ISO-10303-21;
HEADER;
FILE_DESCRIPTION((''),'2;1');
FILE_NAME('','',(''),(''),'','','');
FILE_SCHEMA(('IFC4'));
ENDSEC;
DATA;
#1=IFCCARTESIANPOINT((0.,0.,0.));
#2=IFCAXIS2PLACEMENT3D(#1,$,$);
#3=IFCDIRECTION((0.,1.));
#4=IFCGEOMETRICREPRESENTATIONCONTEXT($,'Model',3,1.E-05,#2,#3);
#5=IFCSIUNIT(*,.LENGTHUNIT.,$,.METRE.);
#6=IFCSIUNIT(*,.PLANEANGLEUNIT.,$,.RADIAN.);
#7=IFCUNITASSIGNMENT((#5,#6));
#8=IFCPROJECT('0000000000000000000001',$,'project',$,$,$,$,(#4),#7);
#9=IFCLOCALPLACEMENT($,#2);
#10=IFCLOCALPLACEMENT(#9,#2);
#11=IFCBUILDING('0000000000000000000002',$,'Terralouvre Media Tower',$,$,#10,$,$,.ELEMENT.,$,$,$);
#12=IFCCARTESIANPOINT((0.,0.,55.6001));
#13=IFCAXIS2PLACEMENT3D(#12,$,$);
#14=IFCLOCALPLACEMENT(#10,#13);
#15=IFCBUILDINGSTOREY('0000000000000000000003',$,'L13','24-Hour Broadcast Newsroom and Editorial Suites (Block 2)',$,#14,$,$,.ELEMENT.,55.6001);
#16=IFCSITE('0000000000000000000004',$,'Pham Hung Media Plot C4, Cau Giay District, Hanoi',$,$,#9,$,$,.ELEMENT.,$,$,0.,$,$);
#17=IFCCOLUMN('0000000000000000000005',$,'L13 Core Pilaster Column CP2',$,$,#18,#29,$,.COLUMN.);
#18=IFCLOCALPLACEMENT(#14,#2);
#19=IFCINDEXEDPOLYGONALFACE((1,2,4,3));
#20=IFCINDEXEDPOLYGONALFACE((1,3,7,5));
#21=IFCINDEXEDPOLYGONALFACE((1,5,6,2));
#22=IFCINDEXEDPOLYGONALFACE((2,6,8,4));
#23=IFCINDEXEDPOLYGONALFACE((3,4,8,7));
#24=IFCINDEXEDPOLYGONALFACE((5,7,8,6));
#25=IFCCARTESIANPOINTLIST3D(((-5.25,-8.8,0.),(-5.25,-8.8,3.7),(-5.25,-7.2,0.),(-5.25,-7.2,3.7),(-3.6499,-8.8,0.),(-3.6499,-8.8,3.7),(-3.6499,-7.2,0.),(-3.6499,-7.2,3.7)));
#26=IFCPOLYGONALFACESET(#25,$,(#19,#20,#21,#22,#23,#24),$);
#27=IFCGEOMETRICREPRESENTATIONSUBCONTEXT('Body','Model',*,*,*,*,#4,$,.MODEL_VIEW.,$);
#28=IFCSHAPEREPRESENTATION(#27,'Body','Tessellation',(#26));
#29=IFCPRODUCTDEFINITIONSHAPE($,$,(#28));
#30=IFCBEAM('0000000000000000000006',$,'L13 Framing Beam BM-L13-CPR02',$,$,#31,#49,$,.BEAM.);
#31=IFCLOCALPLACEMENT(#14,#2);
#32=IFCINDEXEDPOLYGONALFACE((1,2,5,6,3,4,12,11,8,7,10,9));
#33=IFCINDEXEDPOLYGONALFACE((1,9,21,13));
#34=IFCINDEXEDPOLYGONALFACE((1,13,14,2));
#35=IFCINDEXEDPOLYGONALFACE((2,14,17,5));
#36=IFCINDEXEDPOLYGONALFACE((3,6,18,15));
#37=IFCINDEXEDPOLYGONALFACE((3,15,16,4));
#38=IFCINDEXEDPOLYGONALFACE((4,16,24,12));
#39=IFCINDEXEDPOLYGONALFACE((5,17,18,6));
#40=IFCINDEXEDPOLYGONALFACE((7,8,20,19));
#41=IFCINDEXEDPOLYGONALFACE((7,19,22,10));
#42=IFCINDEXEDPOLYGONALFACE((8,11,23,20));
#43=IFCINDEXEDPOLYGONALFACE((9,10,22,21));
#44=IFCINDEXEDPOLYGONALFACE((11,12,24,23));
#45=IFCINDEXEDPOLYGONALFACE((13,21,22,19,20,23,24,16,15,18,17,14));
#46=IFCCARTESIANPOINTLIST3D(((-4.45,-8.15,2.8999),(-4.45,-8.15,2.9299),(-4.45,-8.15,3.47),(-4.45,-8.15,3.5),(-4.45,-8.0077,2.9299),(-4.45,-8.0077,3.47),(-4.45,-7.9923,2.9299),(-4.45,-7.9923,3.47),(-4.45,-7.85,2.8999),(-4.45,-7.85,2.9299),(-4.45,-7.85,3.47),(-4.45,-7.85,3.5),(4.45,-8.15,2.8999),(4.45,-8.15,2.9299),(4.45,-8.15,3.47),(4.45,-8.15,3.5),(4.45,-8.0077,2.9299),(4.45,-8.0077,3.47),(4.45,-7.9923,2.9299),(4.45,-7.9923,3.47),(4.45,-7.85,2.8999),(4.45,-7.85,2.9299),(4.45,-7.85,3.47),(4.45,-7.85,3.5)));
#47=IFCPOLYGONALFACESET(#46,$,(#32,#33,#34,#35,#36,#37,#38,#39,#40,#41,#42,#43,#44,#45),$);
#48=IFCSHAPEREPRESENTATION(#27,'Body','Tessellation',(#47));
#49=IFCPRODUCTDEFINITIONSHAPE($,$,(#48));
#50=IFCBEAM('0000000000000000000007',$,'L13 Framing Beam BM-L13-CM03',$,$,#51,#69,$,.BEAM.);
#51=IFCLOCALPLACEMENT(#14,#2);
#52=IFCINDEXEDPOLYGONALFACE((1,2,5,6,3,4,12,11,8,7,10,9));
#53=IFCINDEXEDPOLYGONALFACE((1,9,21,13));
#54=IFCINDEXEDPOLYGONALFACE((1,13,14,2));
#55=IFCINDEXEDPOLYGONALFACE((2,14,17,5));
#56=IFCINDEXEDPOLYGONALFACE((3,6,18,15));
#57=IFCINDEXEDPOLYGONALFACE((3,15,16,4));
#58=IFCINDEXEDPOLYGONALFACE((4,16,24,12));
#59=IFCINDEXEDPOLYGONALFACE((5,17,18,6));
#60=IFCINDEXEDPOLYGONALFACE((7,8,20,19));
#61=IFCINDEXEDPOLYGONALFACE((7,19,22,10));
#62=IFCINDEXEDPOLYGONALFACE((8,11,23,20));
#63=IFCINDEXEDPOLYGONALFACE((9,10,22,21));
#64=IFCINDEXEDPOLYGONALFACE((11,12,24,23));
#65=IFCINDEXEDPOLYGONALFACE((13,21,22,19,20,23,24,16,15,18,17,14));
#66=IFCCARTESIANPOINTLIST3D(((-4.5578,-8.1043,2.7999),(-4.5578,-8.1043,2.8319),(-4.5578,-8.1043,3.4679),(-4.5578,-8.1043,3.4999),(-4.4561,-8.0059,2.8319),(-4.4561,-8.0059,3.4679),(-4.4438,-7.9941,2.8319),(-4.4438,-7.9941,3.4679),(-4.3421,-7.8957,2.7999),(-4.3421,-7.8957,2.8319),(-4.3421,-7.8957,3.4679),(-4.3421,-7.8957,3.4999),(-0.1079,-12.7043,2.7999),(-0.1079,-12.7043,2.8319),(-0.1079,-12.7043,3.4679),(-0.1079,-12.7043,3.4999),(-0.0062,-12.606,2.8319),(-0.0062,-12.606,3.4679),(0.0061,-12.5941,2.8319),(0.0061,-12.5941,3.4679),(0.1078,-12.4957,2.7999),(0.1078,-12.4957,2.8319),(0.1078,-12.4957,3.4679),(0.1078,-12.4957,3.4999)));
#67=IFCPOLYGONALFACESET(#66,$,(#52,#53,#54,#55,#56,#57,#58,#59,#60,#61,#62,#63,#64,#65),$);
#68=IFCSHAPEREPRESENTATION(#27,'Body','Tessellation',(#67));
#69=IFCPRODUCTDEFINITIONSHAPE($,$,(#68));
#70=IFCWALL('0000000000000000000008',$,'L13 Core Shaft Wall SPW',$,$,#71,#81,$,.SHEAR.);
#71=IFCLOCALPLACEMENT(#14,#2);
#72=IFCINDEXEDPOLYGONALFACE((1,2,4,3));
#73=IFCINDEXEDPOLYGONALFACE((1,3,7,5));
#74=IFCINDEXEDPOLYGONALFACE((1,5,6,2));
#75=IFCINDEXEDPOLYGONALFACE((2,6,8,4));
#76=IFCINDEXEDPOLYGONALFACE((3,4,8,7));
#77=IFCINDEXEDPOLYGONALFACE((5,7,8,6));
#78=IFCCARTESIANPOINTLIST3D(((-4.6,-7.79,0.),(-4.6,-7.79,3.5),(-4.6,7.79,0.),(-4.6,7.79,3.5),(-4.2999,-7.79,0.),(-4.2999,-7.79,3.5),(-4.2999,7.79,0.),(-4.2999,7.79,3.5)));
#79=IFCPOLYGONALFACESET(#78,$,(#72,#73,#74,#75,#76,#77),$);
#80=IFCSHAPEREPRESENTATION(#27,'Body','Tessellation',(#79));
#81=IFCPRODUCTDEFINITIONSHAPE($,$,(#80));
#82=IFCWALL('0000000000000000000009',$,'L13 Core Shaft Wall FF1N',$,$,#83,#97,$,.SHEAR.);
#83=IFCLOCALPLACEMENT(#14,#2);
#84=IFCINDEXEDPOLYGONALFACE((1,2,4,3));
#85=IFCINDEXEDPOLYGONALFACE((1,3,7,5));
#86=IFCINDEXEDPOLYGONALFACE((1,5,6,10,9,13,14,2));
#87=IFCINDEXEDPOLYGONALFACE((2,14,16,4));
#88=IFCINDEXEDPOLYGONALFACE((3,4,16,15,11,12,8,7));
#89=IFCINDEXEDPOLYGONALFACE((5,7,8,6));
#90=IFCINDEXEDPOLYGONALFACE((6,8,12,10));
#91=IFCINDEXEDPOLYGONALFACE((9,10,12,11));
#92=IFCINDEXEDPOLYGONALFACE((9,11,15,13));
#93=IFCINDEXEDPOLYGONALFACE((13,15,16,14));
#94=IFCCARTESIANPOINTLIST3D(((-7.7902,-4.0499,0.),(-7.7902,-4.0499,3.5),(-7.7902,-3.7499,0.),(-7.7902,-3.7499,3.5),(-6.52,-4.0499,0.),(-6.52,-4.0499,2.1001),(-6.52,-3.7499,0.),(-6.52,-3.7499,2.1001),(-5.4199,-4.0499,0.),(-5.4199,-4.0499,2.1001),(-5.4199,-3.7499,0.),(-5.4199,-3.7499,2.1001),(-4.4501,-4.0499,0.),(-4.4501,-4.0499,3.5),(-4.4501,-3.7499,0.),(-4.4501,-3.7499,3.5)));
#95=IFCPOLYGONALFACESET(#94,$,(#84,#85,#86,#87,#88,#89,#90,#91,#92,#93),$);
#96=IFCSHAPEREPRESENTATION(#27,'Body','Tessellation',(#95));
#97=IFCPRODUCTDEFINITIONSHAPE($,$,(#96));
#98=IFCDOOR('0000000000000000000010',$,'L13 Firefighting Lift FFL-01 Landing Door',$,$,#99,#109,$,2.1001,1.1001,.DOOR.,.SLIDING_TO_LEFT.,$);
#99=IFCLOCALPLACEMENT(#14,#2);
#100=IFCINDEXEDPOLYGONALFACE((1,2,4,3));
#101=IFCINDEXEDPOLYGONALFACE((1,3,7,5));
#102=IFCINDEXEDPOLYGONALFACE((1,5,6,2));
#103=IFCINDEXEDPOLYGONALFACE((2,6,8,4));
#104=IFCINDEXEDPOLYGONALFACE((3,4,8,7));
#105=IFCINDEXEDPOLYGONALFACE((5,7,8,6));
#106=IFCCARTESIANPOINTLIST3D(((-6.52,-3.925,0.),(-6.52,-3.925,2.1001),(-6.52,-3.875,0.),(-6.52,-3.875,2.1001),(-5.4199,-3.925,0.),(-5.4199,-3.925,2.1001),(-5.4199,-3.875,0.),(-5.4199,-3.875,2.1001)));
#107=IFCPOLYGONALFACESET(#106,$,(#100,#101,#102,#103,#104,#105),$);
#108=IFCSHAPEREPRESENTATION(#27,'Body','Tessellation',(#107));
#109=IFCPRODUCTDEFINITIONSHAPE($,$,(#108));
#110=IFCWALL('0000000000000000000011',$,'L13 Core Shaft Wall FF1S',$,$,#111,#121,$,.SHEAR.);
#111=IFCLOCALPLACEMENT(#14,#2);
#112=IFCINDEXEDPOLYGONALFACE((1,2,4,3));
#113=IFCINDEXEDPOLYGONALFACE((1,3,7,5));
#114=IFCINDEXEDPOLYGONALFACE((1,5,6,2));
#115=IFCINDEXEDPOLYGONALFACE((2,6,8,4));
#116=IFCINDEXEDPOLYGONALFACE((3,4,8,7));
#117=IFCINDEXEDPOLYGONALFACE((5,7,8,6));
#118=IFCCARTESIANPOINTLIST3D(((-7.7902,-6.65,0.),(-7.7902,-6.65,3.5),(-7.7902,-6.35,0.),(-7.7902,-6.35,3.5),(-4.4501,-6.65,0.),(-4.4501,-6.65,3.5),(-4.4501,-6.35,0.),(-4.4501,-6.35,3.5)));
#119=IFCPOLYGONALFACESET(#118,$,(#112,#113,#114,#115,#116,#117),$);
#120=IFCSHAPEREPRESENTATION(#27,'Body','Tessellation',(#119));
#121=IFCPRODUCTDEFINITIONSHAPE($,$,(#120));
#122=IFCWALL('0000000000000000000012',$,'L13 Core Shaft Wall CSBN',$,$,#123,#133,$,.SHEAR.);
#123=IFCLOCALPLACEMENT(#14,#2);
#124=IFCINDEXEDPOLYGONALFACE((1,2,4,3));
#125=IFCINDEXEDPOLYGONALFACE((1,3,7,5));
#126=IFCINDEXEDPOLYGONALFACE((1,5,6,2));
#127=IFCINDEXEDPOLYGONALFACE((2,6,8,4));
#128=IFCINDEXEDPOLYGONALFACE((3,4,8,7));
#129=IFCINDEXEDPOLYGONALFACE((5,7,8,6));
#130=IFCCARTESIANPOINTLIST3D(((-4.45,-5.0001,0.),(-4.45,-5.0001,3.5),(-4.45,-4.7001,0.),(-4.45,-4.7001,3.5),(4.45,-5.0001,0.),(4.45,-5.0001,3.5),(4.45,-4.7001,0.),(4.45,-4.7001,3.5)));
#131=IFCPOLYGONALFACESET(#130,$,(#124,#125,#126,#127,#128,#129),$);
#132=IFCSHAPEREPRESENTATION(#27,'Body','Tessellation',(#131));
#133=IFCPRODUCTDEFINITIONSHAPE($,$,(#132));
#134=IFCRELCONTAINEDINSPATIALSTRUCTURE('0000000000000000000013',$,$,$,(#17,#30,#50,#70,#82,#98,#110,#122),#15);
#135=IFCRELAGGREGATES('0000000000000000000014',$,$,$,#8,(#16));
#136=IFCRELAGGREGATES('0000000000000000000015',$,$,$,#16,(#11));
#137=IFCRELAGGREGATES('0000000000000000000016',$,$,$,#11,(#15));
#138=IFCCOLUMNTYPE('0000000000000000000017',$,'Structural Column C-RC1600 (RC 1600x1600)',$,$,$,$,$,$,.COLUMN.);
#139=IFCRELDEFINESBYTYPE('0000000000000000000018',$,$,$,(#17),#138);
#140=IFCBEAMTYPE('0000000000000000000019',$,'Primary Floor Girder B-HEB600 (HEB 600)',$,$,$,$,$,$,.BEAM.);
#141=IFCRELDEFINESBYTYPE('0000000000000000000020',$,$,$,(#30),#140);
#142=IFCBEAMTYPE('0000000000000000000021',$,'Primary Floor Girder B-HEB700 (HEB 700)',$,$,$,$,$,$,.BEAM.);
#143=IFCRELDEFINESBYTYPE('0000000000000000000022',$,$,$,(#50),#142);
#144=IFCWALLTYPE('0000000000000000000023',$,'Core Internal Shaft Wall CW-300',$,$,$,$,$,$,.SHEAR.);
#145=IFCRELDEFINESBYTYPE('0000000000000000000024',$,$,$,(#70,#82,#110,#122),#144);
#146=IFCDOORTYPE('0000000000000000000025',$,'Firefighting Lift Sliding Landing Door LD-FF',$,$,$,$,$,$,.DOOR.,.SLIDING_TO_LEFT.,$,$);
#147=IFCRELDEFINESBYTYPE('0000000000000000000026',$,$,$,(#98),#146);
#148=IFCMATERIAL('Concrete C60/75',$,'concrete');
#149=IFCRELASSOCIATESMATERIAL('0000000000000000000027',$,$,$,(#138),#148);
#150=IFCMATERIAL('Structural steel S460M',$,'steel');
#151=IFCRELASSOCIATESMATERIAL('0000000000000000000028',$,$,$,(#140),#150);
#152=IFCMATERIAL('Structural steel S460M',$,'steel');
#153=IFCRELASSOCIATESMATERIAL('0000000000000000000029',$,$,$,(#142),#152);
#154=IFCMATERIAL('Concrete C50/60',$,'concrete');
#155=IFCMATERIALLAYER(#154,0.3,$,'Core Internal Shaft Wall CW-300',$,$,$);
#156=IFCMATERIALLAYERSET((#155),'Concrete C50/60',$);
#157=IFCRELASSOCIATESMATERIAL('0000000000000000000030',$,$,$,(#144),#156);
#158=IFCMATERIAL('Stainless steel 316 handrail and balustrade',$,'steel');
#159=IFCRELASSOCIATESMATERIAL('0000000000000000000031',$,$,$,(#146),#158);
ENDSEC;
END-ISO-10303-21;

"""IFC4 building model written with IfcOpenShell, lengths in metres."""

from ifc_helpers import new_model, si_unit, direction, frame, frame_2d, origin, origin_2d, place, context, subcontext, project, spatial, rectangle, i_section, extrude, material, layer, layer_set, material_profile, profile_set, type_object, element, fill, save


model = new_model("IFC4")

# Units and contexts
model_context = context("Model", 3, precision=1e-05, world=origin(), true_north=direction((0.0, 1.0)))
body_context = subcontext(model_context, "Body", "Model", "MODEL_VIEW")
ifc_project = project(units=[si_unit("LENGTHUNIT", "METRE"), si_unit("PLANEANGLEUNIT", "RADIAN")], contexts=[model_context])

# Site, building, storey
site_placement = place(None, origin())
site = spatial("IfcSite", under=ifc_project, at=site_placement, Name="Pham Hung Media Plot C4, Cau Giay District, Hanoi", CompositionType="ELEMENT", RefElevation=0.0)
building_placement = place(site_placement, origin())
building = spatial("IfcBuilding", under=site, at=building_placement, Name="Terralouvre Media Tower", CompositionType="ELEMENT")
storey_placement = place(building_placement, frame((0.0, 0.0, 55.6001)))
storey = spatial("IfcBuildingStorey", under=building, at=storey_placement, Name="L13", Description="24-Hour Broadcast Newsroom and Editorial Suites (Block 2)", CompositionType="ELEMENT", Elevation=55.6001)

# Column
ifc_material_1 = material(Name="Concrete C60/75", Category="concrete")
ifc_material_profile_1 = material_profile(ifc_material_1, rectangle(XDim=1.6001, YDim=1.6001, at=origin_2d()), Name="RC 1600x1600")
ifc_profile_set_1 = profile_set([ifc_material_profile_1], Name="Concrete C60/75")
column_type = type_object("IfcColumnType", Name="Structural Column C-RC1600 (RC 1600x1600)", PredefinedType="COLUMN", material=ifc_profile_set_1)
column_placement = place(storey_placement, frame((-4.45, -8.0, 0.0), z_axis=(0.0, 0.0, 1.0), x_axis=(1.0, 0.0, 0.0)))
element("IfcColumn", 1, at=column_placement, inside=storey, type_object=column_type, Name="L13 Core Pilaster Column CP2", PredefinedType="COLUMN", context=body_context, shape_type="SweptSolid", body=[
    extrude(rectangle(XDim=1.6001, YDim=1.6001, at=origin_2d()), origin(), (0.0, 0.0, 1.0), 3.7),
])

# Beams
ifc_material_2 = material(Name="Structural steel S460M", Category="steel")
ifc_material_profile_2 = material_profile(ifc_material_2, i_section(OverallWidth=0.3, OverallDepth=0.6001, WebThickness=0.0154, FlangeThickness=0.03, at=origin_2d()), Name="HEB 600")
ifc_profile_set_2 = profile_set([ifc_material_profile_2], Name="Structural steel S460M")
beam_type_1 = type_object("IfcBeamType", Name="Primary Floor Girder B-HEB600 (HEB 600)", PredefinedType="BEAM", material=ifc_profile_set_2)
beam_1_placement = place(storey_placement, frame((-4.45, -8.0, 3.2), z_axis=(1.0, 0.0, 0.0), x_axis=(0.0, 1.0, 0.0)))
element("IfcBeam", 2, at=beam_1_placement, inside=storey, type_object=beam_type_1, Name="L13 Framing Beam BM-L13-CPR02", PredefinedType="BEAM", context=body_context, shape_type="SweptSolid", body=[
    extrude(i_section(OverallWidth=0.3, OverallDepth=0.6001, WebThickness=0.0154, FlangeThickness=0.03, at=origin_2d()), origin(), (0.0, 0.0, 1.0), 8.8999),
])
ifc_material_3 = material(Name="Structural steel S460M", Category="steel")
ifc_material_profile_3 = material_profile(ifc_material_3, i_section(OverallWidth=0.3, OverallDepth=0.7, WebThickness=0.0171, FlangeThickness=0.032, at=origin_2d()), Name="HEB 700")
ifc_profile_set_3 = profile_set([ifc_material_profile_3], Name="Structural steel S460M")
beam_type_2 = type_object("IfcBeamType", Name="Primary Floor Girder B-HEB700 (HEB 700)", PredefinedType="BEAM", material=ifc_profile_set_3)
beam_2_placement = place(storey_placement, frame((-4.45, -8.0, 3.1499), z_axis=(0.69528, -0.718739, 0.0), x_axis=(0.718739, 0.69528, 0.0)))
element("IfcBeam", 3, at=beam_2_placement, inside=storey, type_object=beam_type_2, Name="L13 Framing Beam BM-L13-CM03", PredefinedType="BEAM", context=body_context, shape_type="SweptSolid", body=[
    extrude(i_section(OverallWidth=0.3, OverallDepth=0.7, WebThickness=0.0171, FlangeThickness=0.032, at=origin_2d()), origin(), (0.0, 0.0, 1.0), 6.4001),
])

# Wall
ifc_material_4 = material(Name="Concrete C50/60", Category="concrete")
ifc_layer_1 = layer(ifc_material_4, 0.3, Name="Core Internal Shaft Wall CW-300")
ifc_layer_set_1 = layer_set([ifc_layer_1], Name="Concrete C50/60")
wall_type_1 = type_object("IfcWallType", Name="Core Internal Shaft Wall CW-300", PredefinedType="SHEAR", material=ifc_layer_set_1)
wall_1_placement = place(storey_placement, frame((-4.45, -7.79, 0.0), z_axis=(0.0, 0.0, 1.0), x_axis=(0.0, 1.0, 0.0)))
element("IfcWall", 4, at=wall_1_placement, inside=storey, type_object=wall_type_1, Name="L13 Core Shaft Wall SPW", PredefinedType="SHEAR", context=body_context, shape_type="SweptSolid", body=[
    extrude(rectangle(XDim=15.5801, YDim=0.3, at=frame_2d((7.79, 0.0))), origin(), (0.0, 0.0, 1.0), 3.5),
])

# Wall, opening, door
wall_2_placement = place(storey_placement, frame((-7.79, -3.8999, 0.0), z_axis=(0.0, 0.0, 1.0), x_axis=(1.0, 0.0, 0.0)))
wall_2 = element("IfcWall", 5, at=wall_2_placement, inside=storey, type_object=wall_type_1, Name="L13 Core Shaft Wall FF1N", PredefinedType="SHEAR", context=body_context, shape_type="SweptSolid", body=[
    extrude(rectangle(XDim=3.3401, YDim=0.3, at=frame_2d((1.6699, 0.0))), origin(), (0.0, 0.0, 1.0), 3.5),
])
opening_1_placement = place(wall_2_placement, frame((1.27, 0.0, 0.0)))
opening_1 = element("IfcOpeningElement", 6, at=opening_1_placement, cuts=wall_2, PredefinedType="OPENING", context=body_context, shape_type="SweptSolid", body=[
    extrude(rectangle(XDim=1.1001, YDim=2.1001, at=frame_2d((0.55, 1.05))), frame((0.0, 0.1599, 0.0), z_axis=(0.0, -1.0, 0.0), x_axis=(1.0, 0.0, 0.0)), (0.0, 0.0, 1.0), 0.3201),
])
ifc_material_5 = material(Name="Stainless steel 316 handrail and balustrade", Category="steel")
door_type_1 = type_object("IfcDoorType", Name="Firefighting Lift Sliding Landing Door LD-FF", OperationType="SLIDING_TO_LEFT", PredefinedType="DOOR", material=ifc_material_5)
door_1_placement = place(opening_1_placement, origin())
door_1 = element("IfcDoor", 7, at=door_1_placement, inside=storey, type_object=door_type_1, Name="L13 Firefighting Lift FFL-01 Landing Door", OperationType="SLIDING_TO_LEFT", OverallHeight=2.1001, OverallWidth=1.1001, PredefinedType="DOOR", context=body_context, shape_type="SweptSolid", body=[
    extrude(rectangle(XDim=1.1001, YDim=2.1001, at=frame_2d((0.55, 1.05))), frame((0.0, 0.0249, 0.0), z_axis=(0.0, -1.0, 0.0), x_axis=(1.0, 0.0, 0.0)), (0.0, 0.0, 1.0), 0.05),
])
fill(opening_1, door_1)

# Walls
wall_3_placement = place(storey_placement, frame((-7.79, -6.5, 0.0), z_axis=(0.0, 0.0, 1.0), x_axis=(1.0, 0.0, 0.0)))
element("IfcWall", 8, at=wall_3_placement, inside=storey, type_object=wall_type_1, Name="L13 Core Shaft Wall FF1S", PredefinedType="SHEAR", context=body_context, shape_type="SweptSolid", body=[
    extrude(rectangle(XDim=3.3401, YDim=0.3, at=frame_2d((1.6699, 0.0))), origin(), (0.0, 0.0, 1.0), 3.5),
])
wall_4_placement = place(storey_placement, frame((-4.45, -4.8501, 0.0), z_axis=(0.0, 0.0, 1.0), x_axis=(1.0, 0.0, 0.0)))
element("IfcWall", 9, at=wall_4_placement, inside=storey, type_object=wall_type_1, Name="L13 Core Shaft Wall CSBN", PredefinedType="SHEAR", context=body_context, shape_type="SweptSolid", body=[
    extrude(rectangle(XDim=8.8999, YDim=0.3, at=frame_2d((4.45, 0.0))), origin(), (0.0, 0.0, 1.0), 3.5),
])

save(model, "model.ifc")
